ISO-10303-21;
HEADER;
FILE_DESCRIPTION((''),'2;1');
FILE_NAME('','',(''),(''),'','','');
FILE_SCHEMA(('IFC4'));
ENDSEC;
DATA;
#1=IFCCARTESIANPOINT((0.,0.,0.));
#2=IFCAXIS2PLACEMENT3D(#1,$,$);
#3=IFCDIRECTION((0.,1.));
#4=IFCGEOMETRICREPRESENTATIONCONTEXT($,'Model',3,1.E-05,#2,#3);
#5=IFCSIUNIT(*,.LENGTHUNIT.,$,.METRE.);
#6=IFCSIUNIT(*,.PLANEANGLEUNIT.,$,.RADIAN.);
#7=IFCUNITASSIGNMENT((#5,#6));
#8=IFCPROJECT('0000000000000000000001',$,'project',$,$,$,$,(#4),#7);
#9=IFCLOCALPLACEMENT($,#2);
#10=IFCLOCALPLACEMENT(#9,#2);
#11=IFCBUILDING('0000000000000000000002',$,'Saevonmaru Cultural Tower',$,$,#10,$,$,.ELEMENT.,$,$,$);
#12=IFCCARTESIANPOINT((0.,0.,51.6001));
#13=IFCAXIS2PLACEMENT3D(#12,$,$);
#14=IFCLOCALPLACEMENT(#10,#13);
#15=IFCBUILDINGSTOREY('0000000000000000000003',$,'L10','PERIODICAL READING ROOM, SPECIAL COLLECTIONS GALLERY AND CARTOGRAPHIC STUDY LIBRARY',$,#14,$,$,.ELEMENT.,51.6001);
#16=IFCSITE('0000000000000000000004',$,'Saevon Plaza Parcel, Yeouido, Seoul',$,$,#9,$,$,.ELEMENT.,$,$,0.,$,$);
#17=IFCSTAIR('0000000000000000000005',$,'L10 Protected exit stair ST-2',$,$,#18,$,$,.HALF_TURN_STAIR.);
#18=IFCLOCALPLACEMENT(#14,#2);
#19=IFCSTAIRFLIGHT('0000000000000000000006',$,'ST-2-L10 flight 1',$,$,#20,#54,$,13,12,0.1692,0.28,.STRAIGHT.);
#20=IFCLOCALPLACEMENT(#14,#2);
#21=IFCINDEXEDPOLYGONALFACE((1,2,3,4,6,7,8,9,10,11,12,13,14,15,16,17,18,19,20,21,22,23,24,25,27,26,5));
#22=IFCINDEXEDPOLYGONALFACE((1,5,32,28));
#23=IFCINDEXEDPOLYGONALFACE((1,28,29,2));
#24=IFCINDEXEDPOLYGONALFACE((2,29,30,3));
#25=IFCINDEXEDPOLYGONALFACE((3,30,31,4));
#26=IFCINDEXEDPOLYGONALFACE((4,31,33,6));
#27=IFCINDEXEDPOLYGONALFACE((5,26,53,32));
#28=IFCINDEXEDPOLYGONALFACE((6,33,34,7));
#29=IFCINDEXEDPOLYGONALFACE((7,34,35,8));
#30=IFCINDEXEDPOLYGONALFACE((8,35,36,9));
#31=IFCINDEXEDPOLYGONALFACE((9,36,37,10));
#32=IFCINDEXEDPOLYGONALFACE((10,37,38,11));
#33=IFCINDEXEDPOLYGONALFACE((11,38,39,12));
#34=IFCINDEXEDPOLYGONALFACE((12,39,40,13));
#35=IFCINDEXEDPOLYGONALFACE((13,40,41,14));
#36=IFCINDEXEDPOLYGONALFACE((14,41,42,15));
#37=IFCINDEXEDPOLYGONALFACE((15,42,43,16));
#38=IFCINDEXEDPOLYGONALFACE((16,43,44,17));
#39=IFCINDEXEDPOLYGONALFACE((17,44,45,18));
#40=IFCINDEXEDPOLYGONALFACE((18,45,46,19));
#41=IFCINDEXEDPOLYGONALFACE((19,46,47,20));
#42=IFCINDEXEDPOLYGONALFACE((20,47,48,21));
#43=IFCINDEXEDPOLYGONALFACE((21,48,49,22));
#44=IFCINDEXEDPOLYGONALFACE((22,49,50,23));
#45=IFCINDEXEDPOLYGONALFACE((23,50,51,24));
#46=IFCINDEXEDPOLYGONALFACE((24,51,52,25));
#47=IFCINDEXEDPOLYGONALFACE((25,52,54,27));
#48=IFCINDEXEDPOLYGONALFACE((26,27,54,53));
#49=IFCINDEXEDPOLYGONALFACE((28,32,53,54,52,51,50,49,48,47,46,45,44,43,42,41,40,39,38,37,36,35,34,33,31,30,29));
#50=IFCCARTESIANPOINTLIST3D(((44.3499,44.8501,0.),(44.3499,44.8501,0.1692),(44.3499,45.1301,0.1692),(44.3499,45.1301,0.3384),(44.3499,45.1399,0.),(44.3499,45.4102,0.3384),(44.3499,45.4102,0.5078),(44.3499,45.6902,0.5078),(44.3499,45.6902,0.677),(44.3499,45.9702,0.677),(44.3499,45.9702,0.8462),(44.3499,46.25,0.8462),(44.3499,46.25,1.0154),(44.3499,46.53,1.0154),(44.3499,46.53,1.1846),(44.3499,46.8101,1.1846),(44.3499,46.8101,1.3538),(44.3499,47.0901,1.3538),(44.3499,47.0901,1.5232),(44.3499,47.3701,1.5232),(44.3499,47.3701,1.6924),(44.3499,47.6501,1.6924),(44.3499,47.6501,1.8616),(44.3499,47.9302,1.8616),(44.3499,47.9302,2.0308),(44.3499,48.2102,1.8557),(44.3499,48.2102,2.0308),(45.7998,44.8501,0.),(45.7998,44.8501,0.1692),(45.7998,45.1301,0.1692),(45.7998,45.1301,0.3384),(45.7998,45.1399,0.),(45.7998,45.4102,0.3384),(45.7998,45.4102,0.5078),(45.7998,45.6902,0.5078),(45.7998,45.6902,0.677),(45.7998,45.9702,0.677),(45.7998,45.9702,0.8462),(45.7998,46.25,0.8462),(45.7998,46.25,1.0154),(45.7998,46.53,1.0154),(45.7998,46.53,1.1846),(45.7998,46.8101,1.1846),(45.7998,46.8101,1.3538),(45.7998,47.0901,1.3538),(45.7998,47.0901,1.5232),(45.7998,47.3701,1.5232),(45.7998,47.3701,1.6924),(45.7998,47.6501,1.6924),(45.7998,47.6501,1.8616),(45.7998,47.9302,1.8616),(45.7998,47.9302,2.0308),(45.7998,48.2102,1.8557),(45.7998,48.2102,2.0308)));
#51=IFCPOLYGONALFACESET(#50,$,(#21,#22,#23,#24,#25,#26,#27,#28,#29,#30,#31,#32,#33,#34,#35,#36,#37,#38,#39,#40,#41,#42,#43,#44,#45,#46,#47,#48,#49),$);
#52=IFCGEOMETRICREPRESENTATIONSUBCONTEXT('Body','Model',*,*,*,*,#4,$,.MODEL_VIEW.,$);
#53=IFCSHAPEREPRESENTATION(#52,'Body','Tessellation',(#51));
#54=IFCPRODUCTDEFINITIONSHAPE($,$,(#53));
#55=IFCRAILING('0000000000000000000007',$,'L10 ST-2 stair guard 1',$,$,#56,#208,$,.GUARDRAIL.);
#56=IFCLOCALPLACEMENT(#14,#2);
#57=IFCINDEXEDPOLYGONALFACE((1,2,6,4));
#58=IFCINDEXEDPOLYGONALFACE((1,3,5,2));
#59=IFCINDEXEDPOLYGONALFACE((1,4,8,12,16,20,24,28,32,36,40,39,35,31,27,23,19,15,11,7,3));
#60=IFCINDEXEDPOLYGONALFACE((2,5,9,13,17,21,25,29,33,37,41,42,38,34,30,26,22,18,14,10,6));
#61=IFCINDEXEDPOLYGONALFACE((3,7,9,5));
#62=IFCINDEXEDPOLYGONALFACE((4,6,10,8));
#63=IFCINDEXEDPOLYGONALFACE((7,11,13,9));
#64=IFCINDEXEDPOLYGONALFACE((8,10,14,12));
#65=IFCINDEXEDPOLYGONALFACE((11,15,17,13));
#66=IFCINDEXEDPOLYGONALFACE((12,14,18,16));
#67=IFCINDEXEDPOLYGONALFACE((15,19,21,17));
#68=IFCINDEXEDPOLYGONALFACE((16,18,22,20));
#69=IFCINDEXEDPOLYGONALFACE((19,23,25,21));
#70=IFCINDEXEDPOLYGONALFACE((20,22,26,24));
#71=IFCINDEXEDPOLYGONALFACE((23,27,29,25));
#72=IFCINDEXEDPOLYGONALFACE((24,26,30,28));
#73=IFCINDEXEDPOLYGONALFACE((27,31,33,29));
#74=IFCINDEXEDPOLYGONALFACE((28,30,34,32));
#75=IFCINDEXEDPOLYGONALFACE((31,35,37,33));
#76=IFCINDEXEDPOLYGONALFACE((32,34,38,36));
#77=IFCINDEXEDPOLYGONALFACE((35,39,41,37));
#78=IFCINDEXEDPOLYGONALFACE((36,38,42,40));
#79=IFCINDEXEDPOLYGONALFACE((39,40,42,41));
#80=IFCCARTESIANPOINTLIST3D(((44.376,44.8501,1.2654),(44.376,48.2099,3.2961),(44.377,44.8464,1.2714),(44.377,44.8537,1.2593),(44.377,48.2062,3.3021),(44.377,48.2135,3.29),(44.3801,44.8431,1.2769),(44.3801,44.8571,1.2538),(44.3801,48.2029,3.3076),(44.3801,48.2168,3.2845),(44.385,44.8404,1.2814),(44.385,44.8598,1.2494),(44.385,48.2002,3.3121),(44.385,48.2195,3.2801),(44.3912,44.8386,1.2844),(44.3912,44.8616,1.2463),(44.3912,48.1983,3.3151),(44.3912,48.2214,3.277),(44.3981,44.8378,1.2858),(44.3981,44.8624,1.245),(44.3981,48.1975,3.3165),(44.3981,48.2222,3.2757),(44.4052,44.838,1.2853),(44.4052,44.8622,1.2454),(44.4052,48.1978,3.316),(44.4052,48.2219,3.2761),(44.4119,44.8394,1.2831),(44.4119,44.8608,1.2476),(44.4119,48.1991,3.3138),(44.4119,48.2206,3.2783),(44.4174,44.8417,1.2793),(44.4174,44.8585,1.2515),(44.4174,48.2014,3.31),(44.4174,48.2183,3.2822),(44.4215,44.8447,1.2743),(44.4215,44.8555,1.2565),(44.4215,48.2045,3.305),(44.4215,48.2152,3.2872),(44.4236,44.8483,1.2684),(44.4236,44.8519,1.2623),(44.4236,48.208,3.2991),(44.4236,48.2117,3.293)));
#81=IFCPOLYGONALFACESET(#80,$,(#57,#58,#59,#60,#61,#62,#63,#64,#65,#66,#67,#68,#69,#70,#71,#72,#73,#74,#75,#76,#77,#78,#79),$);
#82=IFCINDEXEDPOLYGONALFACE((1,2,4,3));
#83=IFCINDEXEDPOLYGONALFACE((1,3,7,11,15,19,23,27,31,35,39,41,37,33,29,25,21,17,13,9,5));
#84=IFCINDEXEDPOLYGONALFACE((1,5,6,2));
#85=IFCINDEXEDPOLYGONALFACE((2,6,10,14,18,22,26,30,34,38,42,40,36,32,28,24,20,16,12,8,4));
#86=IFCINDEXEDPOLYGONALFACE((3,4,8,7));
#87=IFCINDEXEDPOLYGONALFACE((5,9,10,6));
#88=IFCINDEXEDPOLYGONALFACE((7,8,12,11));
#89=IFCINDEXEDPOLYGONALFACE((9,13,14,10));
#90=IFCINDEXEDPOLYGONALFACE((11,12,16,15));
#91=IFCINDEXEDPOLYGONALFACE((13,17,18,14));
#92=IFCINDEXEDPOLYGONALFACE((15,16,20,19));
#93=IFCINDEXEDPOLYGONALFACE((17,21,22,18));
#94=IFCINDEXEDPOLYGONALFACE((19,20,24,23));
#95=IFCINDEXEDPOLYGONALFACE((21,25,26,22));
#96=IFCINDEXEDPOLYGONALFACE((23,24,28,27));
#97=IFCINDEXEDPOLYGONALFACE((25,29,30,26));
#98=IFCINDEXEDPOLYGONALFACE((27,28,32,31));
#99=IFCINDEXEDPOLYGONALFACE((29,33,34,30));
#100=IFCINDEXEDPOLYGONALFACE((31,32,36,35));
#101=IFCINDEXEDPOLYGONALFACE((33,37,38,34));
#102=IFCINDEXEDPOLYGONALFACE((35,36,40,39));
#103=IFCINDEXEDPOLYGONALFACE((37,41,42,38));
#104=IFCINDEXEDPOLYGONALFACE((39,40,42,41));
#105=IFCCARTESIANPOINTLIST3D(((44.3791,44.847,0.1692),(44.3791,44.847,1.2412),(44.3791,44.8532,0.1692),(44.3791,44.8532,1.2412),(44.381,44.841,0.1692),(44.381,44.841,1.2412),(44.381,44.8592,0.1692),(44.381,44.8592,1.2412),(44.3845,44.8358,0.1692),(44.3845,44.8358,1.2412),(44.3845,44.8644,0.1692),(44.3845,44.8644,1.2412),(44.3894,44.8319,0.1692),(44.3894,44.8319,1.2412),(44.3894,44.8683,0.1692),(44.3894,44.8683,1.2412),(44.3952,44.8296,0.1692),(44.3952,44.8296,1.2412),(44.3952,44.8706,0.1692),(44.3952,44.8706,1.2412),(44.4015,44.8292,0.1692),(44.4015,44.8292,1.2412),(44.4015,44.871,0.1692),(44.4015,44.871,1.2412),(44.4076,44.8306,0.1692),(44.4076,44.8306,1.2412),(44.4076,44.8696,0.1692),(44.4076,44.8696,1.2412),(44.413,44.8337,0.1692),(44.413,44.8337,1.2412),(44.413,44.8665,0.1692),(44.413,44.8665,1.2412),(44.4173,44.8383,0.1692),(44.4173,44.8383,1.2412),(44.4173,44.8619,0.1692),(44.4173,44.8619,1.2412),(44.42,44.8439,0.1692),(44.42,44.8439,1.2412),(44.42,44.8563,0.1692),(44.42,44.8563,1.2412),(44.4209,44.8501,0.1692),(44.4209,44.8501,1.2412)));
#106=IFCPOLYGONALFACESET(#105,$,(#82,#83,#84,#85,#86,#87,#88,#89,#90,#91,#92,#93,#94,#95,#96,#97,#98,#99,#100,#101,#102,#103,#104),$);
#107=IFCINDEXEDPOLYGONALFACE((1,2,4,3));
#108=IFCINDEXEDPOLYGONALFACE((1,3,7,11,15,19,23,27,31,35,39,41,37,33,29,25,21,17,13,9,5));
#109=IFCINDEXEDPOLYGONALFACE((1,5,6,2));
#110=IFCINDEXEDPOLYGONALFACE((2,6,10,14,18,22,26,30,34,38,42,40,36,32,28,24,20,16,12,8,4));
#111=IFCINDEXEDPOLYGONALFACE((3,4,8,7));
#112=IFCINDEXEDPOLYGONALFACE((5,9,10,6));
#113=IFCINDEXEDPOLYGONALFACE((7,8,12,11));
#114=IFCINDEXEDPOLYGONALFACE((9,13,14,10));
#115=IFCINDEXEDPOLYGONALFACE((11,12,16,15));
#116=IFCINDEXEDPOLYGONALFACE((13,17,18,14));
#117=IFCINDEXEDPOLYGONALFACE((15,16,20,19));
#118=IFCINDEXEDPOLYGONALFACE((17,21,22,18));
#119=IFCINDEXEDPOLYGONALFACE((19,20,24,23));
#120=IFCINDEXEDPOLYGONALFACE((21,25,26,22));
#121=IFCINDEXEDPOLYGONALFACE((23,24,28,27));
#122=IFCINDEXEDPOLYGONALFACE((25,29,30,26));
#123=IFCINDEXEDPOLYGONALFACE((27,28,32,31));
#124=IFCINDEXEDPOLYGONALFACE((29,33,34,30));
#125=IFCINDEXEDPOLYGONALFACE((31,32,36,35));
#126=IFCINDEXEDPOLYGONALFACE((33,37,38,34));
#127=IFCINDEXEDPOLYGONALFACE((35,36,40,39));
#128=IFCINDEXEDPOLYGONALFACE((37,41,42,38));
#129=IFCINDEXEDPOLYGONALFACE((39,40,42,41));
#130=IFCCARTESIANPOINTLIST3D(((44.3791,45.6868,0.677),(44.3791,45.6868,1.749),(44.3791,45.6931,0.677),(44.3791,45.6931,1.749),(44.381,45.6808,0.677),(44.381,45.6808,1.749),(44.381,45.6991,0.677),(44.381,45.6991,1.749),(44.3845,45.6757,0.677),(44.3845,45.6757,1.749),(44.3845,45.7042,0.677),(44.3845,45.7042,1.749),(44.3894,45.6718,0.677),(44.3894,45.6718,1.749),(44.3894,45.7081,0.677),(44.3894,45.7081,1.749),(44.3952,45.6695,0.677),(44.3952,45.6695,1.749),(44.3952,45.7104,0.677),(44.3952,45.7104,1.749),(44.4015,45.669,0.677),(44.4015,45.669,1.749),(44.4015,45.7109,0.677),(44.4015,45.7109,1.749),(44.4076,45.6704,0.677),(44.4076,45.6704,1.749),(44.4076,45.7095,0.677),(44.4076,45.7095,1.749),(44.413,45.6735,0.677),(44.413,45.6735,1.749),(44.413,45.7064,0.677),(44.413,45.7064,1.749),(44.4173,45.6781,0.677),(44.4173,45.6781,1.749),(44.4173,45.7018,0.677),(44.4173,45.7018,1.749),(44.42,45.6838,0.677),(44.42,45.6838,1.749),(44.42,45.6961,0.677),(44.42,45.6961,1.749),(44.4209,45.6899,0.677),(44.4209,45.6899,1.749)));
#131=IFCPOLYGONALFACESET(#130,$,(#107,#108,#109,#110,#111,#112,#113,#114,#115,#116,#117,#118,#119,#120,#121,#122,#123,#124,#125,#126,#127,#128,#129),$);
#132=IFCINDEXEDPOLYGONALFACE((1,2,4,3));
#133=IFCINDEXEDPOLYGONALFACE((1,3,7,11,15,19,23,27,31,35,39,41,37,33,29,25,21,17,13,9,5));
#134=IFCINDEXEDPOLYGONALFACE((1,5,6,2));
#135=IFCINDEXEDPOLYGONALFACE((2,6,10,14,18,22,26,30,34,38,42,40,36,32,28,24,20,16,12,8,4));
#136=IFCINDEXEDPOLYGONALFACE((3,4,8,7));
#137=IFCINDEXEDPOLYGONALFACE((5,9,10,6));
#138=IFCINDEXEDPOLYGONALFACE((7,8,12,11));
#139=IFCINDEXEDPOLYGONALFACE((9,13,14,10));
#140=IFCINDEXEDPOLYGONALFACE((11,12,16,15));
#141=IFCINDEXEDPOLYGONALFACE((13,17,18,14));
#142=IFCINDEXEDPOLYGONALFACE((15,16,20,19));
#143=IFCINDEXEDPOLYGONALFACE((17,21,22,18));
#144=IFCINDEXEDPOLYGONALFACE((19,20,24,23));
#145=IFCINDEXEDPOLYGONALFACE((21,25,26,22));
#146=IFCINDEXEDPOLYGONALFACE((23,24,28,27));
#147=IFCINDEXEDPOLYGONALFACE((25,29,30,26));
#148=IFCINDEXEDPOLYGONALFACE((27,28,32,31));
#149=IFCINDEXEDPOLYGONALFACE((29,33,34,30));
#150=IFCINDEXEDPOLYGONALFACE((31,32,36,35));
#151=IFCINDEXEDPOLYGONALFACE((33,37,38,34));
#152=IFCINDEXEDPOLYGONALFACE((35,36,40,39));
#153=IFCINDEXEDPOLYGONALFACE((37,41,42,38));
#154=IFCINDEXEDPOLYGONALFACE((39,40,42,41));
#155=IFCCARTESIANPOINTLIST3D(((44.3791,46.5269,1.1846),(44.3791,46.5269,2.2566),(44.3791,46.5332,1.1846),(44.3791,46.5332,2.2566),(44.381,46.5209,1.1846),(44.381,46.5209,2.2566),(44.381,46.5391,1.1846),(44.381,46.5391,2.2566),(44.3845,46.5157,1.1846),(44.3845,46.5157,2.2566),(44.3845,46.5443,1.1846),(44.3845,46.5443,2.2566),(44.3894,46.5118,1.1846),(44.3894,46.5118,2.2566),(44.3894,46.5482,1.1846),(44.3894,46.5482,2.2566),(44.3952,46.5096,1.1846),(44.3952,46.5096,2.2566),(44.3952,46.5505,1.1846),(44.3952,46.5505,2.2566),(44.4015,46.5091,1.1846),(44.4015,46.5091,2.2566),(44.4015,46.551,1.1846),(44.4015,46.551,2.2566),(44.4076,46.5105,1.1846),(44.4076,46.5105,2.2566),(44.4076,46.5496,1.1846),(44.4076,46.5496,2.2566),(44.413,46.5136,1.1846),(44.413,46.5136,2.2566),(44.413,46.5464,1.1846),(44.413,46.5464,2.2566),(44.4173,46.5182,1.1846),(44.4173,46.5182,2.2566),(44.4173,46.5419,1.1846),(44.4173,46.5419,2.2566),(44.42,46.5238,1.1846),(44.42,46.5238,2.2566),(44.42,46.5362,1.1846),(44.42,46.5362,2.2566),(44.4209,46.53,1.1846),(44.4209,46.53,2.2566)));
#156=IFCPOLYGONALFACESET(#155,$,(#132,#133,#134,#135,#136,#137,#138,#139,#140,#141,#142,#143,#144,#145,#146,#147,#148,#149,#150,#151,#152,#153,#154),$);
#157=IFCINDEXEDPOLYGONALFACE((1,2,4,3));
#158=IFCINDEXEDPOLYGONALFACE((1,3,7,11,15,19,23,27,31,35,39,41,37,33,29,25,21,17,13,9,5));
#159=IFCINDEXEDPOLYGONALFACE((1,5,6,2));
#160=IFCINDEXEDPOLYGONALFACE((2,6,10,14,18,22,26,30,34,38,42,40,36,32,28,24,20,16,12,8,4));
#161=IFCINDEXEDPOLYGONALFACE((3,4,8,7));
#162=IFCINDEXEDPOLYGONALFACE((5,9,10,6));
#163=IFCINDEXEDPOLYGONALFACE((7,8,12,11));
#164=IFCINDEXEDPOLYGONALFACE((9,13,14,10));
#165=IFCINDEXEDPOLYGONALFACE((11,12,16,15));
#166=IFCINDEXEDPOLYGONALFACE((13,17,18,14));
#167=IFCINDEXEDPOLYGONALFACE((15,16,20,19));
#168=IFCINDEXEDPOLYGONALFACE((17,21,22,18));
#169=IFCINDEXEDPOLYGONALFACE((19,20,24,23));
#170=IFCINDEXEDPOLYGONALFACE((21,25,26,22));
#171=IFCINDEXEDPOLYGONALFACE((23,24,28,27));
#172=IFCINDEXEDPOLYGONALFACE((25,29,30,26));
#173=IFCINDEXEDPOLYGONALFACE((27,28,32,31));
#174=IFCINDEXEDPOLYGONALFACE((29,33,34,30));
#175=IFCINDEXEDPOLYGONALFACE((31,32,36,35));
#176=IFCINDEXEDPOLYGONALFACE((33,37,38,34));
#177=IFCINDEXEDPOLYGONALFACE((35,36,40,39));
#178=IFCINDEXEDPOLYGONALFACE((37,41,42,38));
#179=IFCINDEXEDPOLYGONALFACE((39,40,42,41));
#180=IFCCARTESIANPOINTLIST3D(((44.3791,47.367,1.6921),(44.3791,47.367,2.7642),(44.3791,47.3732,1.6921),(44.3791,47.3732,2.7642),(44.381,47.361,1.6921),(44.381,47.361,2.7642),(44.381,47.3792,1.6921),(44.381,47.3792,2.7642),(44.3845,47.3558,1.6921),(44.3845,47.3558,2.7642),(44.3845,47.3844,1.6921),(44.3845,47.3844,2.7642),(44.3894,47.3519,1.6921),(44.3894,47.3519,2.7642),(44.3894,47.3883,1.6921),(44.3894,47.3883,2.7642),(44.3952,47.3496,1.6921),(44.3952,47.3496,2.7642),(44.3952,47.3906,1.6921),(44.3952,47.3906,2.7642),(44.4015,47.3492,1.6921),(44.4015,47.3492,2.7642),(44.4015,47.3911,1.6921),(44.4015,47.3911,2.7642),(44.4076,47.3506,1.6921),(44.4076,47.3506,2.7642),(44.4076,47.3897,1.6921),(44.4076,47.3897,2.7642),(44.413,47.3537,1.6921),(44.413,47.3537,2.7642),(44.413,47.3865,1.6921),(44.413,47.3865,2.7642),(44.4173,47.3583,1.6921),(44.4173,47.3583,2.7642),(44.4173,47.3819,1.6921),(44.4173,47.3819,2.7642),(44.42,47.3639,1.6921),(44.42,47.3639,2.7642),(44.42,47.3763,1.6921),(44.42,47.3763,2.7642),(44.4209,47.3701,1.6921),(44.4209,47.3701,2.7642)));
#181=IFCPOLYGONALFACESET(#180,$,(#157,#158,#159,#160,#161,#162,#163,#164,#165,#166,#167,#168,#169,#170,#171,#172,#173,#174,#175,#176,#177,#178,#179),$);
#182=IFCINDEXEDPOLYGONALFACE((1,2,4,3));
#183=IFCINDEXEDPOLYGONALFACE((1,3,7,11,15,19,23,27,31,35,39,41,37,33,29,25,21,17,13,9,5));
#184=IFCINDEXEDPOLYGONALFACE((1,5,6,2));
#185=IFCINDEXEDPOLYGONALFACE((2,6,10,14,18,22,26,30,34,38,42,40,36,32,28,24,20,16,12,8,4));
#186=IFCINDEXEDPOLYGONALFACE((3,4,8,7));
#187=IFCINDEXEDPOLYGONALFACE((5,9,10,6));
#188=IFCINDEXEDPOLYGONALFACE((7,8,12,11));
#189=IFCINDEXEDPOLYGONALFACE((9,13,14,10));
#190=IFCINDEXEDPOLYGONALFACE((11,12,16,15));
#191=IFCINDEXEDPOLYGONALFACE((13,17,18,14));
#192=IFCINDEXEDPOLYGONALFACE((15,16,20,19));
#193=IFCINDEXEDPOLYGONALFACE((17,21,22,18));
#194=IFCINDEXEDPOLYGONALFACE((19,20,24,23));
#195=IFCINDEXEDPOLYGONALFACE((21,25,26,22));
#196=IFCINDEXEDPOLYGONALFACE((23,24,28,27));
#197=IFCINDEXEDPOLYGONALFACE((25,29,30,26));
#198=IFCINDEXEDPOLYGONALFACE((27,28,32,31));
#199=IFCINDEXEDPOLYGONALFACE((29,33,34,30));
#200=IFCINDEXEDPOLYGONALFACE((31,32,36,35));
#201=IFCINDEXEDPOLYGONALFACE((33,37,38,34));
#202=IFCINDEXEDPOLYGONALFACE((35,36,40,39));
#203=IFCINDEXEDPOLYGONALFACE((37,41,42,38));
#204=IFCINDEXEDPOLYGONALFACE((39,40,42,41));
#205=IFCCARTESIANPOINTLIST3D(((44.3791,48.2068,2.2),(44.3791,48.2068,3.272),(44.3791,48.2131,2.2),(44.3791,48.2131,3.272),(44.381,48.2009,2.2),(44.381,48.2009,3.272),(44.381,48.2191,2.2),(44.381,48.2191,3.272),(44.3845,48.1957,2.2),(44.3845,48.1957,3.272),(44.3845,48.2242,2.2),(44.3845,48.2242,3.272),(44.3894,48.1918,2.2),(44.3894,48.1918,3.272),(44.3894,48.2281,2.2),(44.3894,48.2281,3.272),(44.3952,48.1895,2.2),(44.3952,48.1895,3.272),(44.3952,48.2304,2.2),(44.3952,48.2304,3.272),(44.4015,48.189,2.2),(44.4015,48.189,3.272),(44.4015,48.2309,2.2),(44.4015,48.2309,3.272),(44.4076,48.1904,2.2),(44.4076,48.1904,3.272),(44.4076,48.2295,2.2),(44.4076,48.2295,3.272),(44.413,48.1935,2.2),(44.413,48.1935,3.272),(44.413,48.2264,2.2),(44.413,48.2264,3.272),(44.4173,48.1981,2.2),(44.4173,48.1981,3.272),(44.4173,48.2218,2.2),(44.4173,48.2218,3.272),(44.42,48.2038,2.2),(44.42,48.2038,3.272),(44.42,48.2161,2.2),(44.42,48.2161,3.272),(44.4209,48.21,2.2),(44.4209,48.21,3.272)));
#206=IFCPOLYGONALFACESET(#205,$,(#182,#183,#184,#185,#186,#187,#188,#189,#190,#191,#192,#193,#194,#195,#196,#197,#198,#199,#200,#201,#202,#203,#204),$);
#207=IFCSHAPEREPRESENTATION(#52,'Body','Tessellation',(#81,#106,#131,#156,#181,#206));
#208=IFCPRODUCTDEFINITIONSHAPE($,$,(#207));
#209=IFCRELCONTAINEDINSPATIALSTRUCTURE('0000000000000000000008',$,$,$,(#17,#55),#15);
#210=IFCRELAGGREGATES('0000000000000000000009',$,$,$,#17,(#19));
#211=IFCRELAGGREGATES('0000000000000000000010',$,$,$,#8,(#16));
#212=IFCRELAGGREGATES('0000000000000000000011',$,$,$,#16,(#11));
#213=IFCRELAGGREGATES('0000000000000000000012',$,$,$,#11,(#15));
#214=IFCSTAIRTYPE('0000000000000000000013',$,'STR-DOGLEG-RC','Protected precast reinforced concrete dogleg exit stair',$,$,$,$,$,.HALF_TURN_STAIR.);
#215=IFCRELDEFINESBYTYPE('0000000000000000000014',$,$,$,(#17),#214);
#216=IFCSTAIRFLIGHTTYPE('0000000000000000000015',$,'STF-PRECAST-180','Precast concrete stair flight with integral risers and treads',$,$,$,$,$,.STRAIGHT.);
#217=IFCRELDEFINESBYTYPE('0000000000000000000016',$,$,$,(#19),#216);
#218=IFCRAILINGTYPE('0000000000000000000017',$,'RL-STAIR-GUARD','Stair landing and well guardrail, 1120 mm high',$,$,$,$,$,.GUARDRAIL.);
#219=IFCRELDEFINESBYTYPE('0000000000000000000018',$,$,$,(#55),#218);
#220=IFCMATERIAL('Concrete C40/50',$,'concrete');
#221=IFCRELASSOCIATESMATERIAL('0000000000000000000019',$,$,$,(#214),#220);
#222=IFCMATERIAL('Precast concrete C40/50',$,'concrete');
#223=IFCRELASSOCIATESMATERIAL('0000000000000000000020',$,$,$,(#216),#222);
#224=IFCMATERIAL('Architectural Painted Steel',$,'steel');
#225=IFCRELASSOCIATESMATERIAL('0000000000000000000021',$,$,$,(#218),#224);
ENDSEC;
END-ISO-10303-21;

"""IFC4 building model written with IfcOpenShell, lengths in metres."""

from ifc_helpers import new_model, si_unit, direction, frame, origin, origin_2d, place, context, subcontext, project, spatial, polyline, circle, outline, extrude, material, type_object, element, aggregate, save


model = new_model("IFC4")

# Units and contexts
model_context = context("Model", 3, precision=1e-05, world=origin(), true_north=direction((0.0, 1.0)))
body_context = subcontext(model_context, "Body", "Model", "MODEL_VIEW")
ifc_project = project(units=[si_unit("LENGTHUNIT", "METRE"), si_unit("PLANEANGLEUNIT", "RADIAN")], contexts=[model_context])

# Site, building, storey
site_placement = place(None, origin())
site = spatial("IfcSite", under=ifc_project, at=site_placement, Name="Saevon Plaza Parcel, Yeouido, Seoul", CompositionType="ELEMENT", RefElevation=0.0)
building_placement = place(site_placement, origin())
building = spatial("IfcBuilding", under=site, at=building_placement, Name="Saevonmaru Cultural Tower", CompositionType="ELEMENT")
storey_placement = place(building_placement, frame((0.0, 0.0, 51.6001)))
storey = spatial("IfcBuildingStorey", under=building, at=storey_placement, Name="L10", Description="PERIODICAL READING ROOM, SPECIAL COLLECTIONS GALLERY AND CARTOGRAPHIC STUDY LIBRARY", CompositionType="ELEMENT", Elevation=51.6001)

# Stair, stair flight
ifc_material_1 = material(Name="Concrete C40/50", Category="concrete")
stair_type = type_object("IfcStairType", Name="STR-DOGLEG-RC", Description="Protected precast reinforced concrete dogleg exit stair", PredefinedType="HALF_TURN_STAIR", material=ifc_material_1)
stair_placement = place(storey_placement, origin())
stair = element("IfcStair", 1, at=stair_placement, inside=storey, type_object=stair_type, Name="L10 Protected exit stair ST-2", PredefinedType="HALF_TURN_STAIR")
ifc_material_2 = material(Name="Precast concrete C40/50", Category="concrete")
stair_flight_type = type_object("IfcStairFlightType", Name="STF-PRECAST-180", Description="Precast concrete stair flight with integral risers and treads", PredefinedType="STRAIGHT", material=ifc_material_2)
stair_flight_placement = place(storey_placement, frame((45.075, 44.8501, 0.0), z_axis=(0.0, 0.0, 1.0), x_axis=(0.0, 1.0, 0.0)))
stair_flight = element("IfcStairFlight", 2, at=stair_flight_placement, type_object=stair_flight_type, Name="ST-2-L10 flight 1", NumberOfRisers=13, NumberOfTreads=12, PredefinedType="STRAIGHT", RiserHeight=0.1692, TreadLength=0.28, context=body_context, shape_type="SweptSolid", body=[
    extrude(outline(polyline([(0.0, 0.0), (0.0, 0.1692), (0.28, 0.1692), (0.28, 0.3384), (0.5601, 0.3384), (0.5601, 0.5078), (0.8401, 0.5078), (0.8401, 0.677), (1.1201, 0.677), (1.1201, 0.8462), (1.3999, 0.8462), (1.3999, 1.0154), (1.6799, 1.0154), (1.6799, 1.1846), (1.96, 1.1846), (1.96, 1.3538), (2.24, 1.3538), (2.24, 1.5232), (2.52, 1.5232), (2.52, 1.6924), (2.8, 1.6924), (2.8, 1.8616), (3.0801, 1.8616), (3.0801, 2.0308), (3.3601, 2.0308), (3.3601, 2.2), (3.3601, 1.8557), (0.2898, 0.0), (0.0, 0.0)])), frame((0.0, 0.7251, 0.0), z_axis=(0.0, -1.0, 0.0), x_axis=(1.0, 0.0, 0.0)), (0.0, 0.0, 1.0), 1.45),
])
aggregate(stair, [stair_flight])

# Railing
ifc_material_3 = material(Name="Architectural Painted Steel", Category="steel")
railing_type_1 = type_object("IfcRailingType", Name="RL-STAIR-GUARD", Description="Stair landing and well guardrail, 1120 mm high", PredefinedType="GUARDRAIL", material=ifc_material_3)
railing_1_placement = place(storey_placement, frame((44.3999, 44.8501, 0.1692)))
element("IfcRailing", 3, at=railing_1_placement, inside=storey, type_object=railing_type_1, Name="L10 ST-2 stair guard 1", PredefinedType="GUARDRAIL", context=body_context, shape_type="SweptSolid", body=[
    extrude(circle(Radius=0.0239, at=origin_2d()), frame((0.0, 0.0, 1.0962), z_axis=(0.0, 0.85582, 0.517273), x_axis=(-1.0, 0.0, 0.0)), (0.0, 0.0, 1.0), 3.9258),
    extrude(circle(Radius=0.021, at=origin_2d()), origin(), (0.0, 0.0, 1.0), 1.072),
    extrude(circle(Radius=0.021, at=origin_2d()), frame((0.0, 0.8398, 0.5078)), (0.0, 0.0, 1.0), 1.072),
    extrude(circle(Radius=0.021, at=origin_2d()), frame((0.0, 1.6799, 1.0154)), (0.0, 0.0, 1.0), 1.072),
    extrude(circle(Radius=0.021, at=origin_2d()), frame((0.0, 2.52, 1.5229)), (0.0, 0.0, 1.0), 1.072),
    extrude(circle(Radius=0.021, at=origin_2d()), frame((0.0, 3.3599, 2.0308)), (0.0, 0.0, 1.0), 1.072),
])

save(model, "model.ifc")
